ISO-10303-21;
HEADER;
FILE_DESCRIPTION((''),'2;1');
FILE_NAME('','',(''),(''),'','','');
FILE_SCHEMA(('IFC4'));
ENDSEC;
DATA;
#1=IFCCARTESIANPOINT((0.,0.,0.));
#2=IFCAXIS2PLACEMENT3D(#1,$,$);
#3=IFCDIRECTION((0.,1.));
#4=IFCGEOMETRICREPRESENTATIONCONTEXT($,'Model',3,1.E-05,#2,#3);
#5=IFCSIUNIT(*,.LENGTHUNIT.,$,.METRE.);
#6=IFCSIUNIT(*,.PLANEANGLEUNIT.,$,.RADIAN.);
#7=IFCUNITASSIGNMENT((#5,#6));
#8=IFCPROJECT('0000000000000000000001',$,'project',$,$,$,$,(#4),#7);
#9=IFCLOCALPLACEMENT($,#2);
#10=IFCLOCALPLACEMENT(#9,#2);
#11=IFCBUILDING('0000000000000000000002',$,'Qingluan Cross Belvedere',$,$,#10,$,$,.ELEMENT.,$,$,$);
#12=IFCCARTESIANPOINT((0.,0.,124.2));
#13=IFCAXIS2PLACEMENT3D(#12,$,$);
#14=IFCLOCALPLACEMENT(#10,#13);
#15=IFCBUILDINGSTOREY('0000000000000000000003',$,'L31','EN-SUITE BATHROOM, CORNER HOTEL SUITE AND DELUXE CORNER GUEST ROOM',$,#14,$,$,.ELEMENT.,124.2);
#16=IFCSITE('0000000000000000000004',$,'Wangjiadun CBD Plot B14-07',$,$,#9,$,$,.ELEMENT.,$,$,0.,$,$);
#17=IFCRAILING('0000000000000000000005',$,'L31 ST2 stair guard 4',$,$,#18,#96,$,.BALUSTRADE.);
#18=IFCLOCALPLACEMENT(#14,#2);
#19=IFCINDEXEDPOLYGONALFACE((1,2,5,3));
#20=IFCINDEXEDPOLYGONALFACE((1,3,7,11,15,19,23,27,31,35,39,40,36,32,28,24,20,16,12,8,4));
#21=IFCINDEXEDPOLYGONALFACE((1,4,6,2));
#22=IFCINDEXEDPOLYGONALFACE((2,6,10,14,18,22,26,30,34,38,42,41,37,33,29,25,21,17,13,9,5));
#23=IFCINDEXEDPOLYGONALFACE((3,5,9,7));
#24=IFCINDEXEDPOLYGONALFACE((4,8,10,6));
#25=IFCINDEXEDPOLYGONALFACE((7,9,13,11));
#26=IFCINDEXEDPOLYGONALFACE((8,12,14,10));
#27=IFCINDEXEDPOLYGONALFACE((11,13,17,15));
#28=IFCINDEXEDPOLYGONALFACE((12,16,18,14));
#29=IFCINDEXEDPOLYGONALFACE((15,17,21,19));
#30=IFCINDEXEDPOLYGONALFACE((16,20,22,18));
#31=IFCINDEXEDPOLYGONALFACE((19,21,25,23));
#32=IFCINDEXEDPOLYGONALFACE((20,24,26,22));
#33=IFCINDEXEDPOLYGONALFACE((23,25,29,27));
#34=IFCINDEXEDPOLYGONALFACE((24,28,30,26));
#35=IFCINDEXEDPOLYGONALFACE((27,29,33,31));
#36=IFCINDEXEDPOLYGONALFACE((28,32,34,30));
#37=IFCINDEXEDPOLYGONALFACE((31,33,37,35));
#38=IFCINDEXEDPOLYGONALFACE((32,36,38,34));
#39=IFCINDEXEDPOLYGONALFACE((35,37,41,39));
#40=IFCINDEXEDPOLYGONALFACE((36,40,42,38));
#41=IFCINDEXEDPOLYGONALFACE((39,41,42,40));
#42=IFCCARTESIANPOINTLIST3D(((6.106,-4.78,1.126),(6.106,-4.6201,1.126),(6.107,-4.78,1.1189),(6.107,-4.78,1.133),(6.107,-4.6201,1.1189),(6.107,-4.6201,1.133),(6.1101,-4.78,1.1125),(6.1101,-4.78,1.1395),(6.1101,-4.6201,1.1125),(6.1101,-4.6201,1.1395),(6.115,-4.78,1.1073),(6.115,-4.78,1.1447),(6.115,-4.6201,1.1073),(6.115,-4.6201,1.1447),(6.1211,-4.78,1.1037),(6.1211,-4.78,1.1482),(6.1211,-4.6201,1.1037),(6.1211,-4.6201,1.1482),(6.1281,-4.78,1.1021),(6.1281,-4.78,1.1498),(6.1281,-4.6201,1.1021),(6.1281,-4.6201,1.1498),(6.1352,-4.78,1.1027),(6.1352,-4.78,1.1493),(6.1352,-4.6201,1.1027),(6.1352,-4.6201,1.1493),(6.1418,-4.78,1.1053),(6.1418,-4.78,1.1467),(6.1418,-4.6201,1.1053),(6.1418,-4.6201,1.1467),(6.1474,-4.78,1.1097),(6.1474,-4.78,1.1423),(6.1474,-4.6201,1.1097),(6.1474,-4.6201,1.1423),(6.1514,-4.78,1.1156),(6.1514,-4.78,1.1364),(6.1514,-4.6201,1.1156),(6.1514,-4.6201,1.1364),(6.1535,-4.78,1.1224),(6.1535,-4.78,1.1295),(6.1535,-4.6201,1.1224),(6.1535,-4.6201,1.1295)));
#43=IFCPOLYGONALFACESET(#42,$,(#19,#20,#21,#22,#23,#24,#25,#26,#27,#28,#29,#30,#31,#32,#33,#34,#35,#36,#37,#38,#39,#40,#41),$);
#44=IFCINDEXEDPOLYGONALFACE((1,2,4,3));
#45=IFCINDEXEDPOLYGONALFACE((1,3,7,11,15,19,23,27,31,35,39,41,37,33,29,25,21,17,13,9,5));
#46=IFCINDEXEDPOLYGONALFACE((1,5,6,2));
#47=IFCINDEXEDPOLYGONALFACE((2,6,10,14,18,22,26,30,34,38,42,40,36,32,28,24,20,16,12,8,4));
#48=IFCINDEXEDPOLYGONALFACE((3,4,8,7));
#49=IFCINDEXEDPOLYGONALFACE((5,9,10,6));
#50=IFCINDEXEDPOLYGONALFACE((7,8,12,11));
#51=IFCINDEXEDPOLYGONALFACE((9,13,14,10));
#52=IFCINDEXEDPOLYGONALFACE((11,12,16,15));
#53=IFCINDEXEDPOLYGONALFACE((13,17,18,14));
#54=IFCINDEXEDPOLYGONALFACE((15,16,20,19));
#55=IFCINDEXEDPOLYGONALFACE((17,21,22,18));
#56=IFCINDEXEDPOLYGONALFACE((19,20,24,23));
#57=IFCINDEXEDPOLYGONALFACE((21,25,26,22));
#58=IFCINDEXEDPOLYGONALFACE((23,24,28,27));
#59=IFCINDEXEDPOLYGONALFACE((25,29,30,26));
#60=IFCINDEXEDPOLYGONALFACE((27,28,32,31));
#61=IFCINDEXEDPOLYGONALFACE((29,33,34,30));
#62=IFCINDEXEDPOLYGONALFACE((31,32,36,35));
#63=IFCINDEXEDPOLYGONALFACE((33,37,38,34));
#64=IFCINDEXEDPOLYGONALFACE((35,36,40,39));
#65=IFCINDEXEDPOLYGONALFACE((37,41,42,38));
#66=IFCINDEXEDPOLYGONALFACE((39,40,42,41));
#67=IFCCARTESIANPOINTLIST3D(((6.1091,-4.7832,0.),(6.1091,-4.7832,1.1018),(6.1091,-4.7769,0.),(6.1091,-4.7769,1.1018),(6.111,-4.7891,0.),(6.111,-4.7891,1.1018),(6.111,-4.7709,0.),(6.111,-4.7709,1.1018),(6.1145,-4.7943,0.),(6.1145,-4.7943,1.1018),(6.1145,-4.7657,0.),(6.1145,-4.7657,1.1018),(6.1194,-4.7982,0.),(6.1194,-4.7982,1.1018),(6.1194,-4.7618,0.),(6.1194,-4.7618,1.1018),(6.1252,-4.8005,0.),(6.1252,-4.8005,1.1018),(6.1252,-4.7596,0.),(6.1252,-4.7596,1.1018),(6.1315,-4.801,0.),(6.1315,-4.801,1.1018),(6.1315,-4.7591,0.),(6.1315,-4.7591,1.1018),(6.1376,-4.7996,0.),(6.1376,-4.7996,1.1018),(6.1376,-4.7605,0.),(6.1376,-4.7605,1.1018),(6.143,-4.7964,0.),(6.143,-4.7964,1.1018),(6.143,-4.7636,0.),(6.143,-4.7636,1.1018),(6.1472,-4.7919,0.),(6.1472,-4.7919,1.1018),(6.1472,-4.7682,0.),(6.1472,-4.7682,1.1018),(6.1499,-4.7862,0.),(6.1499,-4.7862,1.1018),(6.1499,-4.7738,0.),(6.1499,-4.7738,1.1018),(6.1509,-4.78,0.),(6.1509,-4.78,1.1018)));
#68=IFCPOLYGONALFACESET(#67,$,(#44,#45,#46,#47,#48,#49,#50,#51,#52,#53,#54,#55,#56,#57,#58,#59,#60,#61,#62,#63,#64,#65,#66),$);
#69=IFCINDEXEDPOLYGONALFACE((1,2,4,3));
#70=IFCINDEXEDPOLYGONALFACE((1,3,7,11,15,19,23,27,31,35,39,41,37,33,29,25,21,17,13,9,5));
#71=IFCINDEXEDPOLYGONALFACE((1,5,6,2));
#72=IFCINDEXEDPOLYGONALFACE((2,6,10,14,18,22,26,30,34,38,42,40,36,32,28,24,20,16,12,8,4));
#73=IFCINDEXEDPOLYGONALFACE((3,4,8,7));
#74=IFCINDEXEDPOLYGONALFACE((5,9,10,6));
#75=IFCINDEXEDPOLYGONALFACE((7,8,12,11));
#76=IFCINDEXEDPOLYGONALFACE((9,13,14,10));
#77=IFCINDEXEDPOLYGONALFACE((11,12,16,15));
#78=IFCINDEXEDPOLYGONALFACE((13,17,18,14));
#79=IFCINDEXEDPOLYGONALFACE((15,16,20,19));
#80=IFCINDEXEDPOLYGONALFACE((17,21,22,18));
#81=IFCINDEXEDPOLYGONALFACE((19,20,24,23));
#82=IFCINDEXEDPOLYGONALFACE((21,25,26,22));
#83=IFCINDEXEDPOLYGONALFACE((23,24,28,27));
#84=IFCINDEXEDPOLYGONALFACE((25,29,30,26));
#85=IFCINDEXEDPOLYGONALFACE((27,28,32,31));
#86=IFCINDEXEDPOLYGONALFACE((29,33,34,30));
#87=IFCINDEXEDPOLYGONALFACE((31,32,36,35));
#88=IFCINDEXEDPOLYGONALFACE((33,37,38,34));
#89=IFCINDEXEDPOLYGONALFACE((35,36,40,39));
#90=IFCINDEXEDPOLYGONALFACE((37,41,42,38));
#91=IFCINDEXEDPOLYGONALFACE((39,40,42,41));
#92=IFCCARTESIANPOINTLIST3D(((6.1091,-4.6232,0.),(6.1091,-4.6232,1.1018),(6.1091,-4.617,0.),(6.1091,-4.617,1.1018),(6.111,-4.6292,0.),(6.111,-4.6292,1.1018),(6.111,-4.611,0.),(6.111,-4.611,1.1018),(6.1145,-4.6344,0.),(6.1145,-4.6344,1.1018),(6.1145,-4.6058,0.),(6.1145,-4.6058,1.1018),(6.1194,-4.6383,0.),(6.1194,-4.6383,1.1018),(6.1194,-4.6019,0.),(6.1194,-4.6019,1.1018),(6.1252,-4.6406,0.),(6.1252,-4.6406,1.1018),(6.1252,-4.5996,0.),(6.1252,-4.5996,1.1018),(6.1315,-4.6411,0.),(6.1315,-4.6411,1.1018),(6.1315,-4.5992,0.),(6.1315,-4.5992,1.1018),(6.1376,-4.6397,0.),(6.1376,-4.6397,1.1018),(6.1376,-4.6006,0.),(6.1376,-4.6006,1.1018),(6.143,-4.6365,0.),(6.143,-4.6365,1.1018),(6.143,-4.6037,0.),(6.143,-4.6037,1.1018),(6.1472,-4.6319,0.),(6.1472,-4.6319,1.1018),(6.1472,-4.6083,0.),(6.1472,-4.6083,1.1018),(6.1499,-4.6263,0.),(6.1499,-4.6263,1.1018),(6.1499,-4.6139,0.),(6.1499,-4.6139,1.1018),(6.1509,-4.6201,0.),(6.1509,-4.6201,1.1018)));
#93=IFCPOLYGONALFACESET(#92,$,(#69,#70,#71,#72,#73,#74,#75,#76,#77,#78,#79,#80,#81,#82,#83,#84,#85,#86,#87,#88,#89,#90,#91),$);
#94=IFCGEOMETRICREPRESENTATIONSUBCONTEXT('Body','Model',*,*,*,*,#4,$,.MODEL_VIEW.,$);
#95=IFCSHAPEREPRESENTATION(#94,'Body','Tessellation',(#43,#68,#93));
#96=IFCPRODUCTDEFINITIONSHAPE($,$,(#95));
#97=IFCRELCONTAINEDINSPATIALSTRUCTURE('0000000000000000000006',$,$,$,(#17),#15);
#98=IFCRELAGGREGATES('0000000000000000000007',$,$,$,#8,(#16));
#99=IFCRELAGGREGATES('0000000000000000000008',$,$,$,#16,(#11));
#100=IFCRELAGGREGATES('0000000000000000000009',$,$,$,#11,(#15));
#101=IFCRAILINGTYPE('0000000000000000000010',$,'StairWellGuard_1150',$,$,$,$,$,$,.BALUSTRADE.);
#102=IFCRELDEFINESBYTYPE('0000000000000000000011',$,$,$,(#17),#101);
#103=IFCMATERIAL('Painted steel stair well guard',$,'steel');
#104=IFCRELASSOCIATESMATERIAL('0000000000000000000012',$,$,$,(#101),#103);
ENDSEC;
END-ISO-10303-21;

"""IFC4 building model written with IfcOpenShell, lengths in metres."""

from ifc_helpers import new_model, si_unit, direction, frame, origin, origin_2d, place, context, subcontext, project, spatial, circle, extrude, material, type_object, element, save


model = new_model("IFC4")

# Units and contexts
model_context = context("Model", 3, precision=1e-05, world=origin(), true_north=direction((0.0, 1.0)))
body_context = subcontext(model_context, "Body", "Model", "MODEL_VIEW")
ifc_project = project(units=[si_unit("LENGTHUNIT", "METRE"), si_unit("PLANEANGLEUNIT", "RADIAN")], contexts=[model_context])

# Site, building, storey
site_placement = place(None, origin())
site = spatial("IfcSite", under=ifc_project, at=site_placement, Name="Wangjiadun CBD Plot B14-07", CompositionType="ELEMENT", RefElevation=0.0)
building_placement = place(site_placement, origin())
building = spatial("IfcBuilding", under=site, at=building_placement, Name="Qingluan Cross Belvedere", CompositionType="ELEMENT")
storey_placement = place(building_placement, frame((0.0, 0.0, 124.2)))
storey = spatial("IfcBuildingStorey", under=building, at=storey_placement, Name="L31", Description="EN-SUITE BATHROOM, CORNER HOTEL SUITE AND DELUXE CORNER GUEST ROOM", CompositionType="ELEMENT", Elevation=124.2)

# Railing
ifc_material_1 = material(Name="Painted steel stair well guard", Category="steel")
railing_type_1 = type_object("IfcRailingType", Name="StairWellGuard_1150", PredefinedType="BALUSTRADE", material=ifc_material_1)
railing_1_placement = place(storey_placement, frame((6.1299, -4.78, 0.0)))
element("IfcRailing", 1, at=railing_1_placement, inside=storey, type_object=railing_type_1, Name="L31 ST2 stair guard 4", PredefinedType="BALUSTRADE", context=body_context, shape_type="SweptSolid", body=[
    extrude(circle(Radius=0.0239, at=origin_2d()), frame((0.0, 0.0, 1.126), z_axis=(0.0, 1.0, 0.0), x_axis=(-1.0, 0.0, 0.0)), (0.0, 0.0, 1.0), 0.1599),
    extrude(circle(Radius=0.021, at=origin_2d()), origin(), (0.0, 0.0, 1.0), 1.1018),
    extrude(circle(Radius=0.021, at=origin_2d()), frame((0.0, 0.1599, 0.0)), (0.0, 0.0, 1.0), 1.1018),
])

save(model, "model.ifc")
